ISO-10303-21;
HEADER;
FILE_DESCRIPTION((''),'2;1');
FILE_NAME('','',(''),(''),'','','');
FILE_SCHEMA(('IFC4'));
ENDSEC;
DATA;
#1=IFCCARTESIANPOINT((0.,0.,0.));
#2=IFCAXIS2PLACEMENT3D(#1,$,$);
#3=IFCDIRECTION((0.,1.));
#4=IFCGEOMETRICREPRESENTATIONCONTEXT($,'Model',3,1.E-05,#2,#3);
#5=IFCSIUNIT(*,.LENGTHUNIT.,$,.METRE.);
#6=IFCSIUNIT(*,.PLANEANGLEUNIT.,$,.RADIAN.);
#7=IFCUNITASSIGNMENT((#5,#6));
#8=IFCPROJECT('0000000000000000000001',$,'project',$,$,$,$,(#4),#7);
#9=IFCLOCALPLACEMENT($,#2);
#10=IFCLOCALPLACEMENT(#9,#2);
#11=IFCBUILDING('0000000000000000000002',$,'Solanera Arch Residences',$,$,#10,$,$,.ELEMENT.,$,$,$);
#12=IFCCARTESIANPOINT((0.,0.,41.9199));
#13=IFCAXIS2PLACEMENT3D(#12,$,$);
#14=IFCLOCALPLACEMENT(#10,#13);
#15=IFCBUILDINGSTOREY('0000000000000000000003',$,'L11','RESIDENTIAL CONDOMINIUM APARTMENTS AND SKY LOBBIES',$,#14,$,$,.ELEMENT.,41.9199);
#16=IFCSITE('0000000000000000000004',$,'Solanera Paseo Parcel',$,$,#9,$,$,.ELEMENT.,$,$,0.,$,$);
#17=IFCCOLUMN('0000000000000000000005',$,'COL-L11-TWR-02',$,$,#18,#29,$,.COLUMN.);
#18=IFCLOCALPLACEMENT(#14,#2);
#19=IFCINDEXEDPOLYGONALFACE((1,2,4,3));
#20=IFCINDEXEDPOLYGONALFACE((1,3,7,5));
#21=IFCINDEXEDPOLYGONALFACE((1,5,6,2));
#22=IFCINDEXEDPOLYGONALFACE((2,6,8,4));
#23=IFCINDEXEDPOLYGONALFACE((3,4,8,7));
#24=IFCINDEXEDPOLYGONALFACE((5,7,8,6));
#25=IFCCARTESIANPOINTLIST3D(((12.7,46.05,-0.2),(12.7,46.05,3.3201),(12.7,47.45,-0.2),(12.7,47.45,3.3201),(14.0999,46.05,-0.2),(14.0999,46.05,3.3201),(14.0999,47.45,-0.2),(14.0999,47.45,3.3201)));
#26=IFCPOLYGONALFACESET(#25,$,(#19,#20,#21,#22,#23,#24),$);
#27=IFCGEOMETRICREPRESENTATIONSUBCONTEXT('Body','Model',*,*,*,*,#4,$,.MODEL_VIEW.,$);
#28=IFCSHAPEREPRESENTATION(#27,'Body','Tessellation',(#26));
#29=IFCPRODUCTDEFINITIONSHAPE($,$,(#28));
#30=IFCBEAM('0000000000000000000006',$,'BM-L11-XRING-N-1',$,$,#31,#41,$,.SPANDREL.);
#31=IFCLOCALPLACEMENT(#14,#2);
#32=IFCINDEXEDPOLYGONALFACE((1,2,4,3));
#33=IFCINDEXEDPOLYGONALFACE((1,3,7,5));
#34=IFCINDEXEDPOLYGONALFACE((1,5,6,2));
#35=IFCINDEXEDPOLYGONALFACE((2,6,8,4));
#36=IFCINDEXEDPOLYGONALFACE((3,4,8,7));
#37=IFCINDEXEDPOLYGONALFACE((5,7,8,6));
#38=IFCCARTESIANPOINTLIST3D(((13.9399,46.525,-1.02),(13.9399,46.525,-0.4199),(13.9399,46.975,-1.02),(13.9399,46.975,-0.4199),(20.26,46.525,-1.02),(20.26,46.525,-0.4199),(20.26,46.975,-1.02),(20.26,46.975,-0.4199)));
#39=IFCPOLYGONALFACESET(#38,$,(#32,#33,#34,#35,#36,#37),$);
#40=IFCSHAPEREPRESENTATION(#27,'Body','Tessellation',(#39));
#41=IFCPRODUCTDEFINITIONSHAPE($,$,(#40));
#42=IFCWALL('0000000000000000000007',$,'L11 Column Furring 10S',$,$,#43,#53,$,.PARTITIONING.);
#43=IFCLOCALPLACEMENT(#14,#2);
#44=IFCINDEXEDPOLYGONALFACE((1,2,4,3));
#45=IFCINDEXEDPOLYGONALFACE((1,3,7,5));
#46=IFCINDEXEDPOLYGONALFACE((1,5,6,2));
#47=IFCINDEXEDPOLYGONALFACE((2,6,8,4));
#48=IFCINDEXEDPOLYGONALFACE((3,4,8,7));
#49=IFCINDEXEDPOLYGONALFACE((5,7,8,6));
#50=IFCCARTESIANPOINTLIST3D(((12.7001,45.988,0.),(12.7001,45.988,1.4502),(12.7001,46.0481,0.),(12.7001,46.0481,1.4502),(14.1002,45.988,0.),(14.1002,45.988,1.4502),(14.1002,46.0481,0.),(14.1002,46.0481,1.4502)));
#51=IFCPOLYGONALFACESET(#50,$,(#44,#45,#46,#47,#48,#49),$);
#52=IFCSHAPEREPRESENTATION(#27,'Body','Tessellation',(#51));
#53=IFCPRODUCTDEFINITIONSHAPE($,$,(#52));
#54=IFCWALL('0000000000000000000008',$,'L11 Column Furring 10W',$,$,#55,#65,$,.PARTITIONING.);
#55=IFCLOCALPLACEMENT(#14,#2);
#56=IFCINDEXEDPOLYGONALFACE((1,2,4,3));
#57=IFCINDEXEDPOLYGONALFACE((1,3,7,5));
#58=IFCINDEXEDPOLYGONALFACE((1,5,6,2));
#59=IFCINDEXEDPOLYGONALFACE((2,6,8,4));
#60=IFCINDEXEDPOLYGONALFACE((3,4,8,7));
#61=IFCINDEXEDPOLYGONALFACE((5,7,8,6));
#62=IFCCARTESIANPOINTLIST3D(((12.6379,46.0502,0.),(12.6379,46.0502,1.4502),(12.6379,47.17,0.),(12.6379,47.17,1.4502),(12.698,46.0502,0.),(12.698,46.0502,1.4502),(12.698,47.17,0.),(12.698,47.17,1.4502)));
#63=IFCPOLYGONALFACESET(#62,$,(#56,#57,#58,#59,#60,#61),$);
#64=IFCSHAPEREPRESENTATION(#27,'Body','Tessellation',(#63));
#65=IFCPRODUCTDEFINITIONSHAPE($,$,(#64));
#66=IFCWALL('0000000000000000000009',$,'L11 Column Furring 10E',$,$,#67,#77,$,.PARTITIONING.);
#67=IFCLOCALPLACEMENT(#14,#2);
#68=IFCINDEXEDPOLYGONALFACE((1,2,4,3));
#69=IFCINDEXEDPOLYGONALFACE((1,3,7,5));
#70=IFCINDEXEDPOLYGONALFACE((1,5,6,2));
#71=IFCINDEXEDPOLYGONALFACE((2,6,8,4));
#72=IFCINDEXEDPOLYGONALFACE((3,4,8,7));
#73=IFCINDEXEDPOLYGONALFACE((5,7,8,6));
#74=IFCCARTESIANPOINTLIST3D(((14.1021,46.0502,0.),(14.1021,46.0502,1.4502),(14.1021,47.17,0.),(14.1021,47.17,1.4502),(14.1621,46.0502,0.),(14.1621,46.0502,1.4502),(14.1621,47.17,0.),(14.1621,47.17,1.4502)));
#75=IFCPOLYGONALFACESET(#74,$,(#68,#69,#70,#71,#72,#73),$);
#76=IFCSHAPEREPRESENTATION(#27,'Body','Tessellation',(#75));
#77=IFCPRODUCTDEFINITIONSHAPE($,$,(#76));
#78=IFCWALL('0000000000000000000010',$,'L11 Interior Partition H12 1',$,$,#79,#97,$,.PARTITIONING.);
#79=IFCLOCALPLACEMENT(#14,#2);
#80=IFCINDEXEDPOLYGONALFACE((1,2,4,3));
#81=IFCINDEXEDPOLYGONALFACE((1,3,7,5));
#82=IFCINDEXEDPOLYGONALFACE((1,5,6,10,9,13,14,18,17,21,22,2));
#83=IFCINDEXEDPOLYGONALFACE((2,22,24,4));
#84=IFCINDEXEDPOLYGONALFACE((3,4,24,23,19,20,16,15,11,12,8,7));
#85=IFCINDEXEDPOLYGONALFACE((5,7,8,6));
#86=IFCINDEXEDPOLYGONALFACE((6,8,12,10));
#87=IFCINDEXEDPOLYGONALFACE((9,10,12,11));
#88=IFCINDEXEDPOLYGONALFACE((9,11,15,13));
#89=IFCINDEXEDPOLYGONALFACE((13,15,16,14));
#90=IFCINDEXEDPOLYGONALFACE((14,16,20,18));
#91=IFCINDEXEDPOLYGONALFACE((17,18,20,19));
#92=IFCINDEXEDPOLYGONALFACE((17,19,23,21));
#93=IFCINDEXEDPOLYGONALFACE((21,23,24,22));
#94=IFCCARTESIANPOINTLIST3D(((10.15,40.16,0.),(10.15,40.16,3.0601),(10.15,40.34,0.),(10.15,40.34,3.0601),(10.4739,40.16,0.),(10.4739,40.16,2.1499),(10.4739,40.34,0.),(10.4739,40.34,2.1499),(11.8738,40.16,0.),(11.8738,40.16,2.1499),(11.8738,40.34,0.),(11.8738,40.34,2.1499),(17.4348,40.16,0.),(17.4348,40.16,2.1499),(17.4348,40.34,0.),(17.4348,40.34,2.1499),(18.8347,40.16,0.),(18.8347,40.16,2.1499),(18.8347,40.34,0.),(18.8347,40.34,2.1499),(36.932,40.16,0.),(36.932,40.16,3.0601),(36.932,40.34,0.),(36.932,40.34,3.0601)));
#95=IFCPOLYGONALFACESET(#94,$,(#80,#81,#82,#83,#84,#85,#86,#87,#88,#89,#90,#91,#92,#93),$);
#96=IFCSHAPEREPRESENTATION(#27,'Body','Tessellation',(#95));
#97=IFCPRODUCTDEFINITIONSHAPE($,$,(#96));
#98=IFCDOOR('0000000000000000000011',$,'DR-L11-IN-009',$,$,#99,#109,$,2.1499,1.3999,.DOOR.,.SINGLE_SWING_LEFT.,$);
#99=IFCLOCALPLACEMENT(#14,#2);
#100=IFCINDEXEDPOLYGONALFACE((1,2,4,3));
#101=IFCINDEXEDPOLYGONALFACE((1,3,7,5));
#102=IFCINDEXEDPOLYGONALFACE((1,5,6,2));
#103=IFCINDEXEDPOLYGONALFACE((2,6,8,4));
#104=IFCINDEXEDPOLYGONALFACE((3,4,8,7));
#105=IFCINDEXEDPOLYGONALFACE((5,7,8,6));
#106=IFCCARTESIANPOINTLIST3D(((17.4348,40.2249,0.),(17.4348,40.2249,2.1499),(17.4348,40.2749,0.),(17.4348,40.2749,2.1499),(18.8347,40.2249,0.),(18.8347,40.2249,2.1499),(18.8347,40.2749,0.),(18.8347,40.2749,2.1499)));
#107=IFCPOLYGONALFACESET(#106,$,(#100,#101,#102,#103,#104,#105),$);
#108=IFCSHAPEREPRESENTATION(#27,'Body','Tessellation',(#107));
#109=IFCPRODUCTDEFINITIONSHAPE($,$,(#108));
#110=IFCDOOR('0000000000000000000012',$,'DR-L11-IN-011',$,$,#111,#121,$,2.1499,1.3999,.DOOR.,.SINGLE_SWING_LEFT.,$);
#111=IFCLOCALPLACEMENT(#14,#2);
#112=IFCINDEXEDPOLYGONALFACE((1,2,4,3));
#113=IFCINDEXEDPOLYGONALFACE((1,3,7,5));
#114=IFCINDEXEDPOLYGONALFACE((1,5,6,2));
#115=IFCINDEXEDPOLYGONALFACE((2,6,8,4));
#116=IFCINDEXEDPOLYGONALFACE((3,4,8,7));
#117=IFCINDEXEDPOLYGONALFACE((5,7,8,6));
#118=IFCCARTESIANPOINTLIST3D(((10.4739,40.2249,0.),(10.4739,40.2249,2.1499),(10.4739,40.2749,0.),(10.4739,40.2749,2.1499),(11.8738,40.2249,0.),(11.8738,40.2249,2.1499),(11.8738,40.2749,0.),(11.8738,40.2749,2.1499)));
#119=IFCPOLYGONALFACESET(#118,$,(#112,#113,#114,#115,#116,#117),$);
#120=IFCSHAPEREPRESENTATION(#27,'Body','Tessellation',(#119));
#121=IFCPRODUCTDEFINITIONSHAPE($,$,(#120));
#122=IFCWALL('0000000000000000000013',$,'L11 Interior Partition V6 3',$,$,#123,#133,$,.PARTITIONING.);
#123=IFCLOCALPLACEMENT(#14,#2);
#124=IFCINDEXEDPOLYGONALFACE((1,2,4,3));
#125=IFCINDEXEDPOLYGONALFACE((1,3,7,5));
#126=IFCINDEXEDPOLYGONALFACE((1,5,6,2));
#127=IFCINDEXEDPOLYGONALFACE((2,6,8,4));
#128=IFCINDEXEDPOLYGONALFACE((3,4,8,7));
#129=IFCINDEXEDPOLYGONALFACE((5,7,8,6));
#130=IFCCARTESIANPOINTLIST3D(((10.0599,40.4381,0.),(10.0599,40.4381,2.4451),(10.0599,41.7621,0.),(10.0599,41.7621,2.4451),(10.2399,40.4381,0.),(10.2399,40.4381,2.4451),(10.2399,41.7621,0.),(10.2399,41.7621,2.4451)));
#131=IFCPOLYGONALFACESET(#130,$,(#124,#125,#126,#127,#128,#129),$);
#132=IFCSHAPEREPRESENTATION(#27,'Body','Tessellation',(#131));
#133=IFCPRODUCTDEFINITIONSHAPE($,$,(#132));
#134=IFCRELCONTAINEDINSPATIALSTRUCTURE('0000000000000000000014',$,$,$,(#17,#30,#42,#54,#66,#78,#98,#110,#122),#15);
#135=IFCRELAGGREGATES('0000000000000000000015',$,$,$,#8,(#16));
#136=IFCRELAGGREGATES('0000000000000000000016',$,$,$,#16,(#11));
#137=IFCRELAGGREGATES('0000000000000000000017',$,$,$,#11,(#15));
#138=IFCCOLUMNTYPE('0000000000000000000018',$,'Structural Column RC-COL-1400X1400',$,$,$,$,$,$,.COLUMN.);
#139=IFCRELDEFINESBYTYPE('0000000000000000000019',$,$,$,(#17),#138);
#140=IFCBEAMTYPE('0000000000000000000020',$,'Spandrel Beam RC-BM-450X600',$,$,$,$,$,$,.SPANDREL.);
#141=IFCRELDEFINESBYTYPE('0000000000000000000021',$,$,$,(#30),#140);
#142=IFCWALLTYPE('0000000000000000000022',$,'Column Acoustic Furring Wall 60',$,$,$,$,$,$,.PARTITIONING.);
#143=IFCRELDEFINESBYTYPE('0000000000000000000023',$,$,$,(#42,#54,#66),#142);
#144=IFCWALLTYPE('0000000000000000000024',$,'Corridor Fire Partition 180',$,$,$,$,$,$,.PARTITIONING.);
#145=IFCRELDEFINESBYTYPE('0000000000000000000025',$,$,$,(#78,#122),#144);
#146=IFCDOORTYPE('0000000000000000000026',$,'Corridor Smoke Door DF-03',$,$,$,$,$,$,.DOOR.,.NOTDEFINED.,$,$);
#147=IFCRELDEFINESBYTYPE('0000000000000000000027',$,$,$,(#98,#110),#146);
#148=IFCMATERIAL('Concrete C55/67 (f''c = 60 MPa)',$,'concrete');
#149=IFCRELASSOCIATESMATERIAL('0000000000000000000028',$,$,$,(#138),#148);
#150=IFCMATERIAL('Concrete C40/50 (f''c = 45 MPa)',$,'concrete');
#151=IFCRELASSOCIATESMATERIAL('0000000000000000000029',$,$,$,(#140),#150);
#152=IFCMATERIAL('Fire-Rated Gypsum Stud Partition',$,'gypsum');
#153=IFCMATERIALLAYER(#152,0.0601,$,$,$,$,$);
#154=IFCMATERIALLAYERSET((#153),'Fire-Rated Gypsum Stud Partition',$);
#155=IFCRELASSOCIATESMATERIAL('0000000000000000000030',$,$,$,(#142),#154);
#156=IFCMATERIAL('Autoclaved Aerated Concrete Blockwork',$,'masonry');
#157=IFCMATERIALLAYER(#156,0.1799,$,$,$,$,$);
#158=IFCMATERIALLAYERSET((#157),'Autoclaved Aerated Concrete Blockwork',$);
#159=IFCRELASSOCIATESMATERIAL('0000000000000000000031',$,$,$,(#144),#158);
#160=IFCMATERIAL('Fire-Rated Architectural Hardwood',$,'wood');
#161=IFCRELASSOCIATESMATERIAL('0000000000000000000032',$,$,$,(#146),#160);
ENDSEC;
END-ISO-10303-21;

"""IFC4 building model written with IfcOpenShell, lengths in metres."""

from ifc_helpers import new_model, si_unit, direction, frame, frame_2d, origin, origin_2d, place, context, subcontext, project, spatial, rectangle, extrude, material, layer, layer_set, material_profile, profile_set, type_object, element, fill, save


model = new_model("IFC4")

# Units and contexts
model_context = context("Model", 3, precision=1e-05, world=origin(), true_north=direction((0.0, 1.0)))
body_context = subcontext(model_context, "Body", "Model", "MODEL_VIEW")
ifc_project = project(units=[si_unit("LENGTHUNIT", "METRE"), si_unit("PLANEANGLEUNIT", "RADIAN")], contexts=[model_context])

# Site, building, storey
site_placement = place(None, origin())
site = spatial("IfcSite", under=ifc_project, at=site_placement, Name="Solanera Paseo Parcel", CompositionType="ELEMENT", RefElevation=0.0)
building_placement = place(site_placement, origin())
building = spatial("IfcBuilding", under=site, at=building_placement, Name="Solanera Arch Residences", CompositionType="ELEMENT")
storey_placement = place(building_placement, frame((0.0, 0.0, 41.9199)))
storey = spatial("IfcBuildingStorey", under=building, at=storey_placement, Name="L11", Description="RESIDENTIAL CONDOMINIUM APARTMENTS AND SKY LOBBIES", CompositionType="ELEMENT", Elevation=41.9199)

# Column
ifc_material_1 = material(Name="Concrete C55/67 (f'c = 60 MPa)", Category="concrete")
ifc_material_profile_1 = material_profile(ifc_material_1, rectangle(XDim=1.3999, YDim=1.3999, at=origin_2d()))
ifc_profile_set_1 = profile_set([ifc_material_profile_1], Name="Concrete C55/67 (f'c = 60 MPa)")
column_type = type_object("IfcColumnType", Name="Structural Column RC-COL-1400X1400", PredefinedType="COLUMN", material=ifc_profile_set_1)
column_placement = place(storey_placement, frame((13.3999, 46.75, -0.2), z_axis=(0.0, 0.0, 1.0), x_axis=(1.0, 0.0, 0.0)))
element("IfcColumn", 1, at=column_placement, inside=storey, type_object=column_type, Name="COL-L11-TWR-02", PredefinedType="COLUMN", context=body_context, shape_type="SweptSolid", body=[
    extrude(rectangle(XDim=1.3999, YDim=1.3999, at=origin_2d()), origin(), (0.0, 0.0, 1.0), 3.52),
])

# Beam
ifc_material_2 = material(Name="Concrete C40/50 (f'c = 45 MPa)", Category="concrete")
ifc_material_profile_2 = material_profile(ifc_material_2, rectangle(XDim=0.45, YDim=0.6001, at=origin_2d()))
ifc_profile_set_2 = profile_set([ifc_material_profile_2], Name="Concrete C40/50 (f'c = 45 MPa)")
beam_type = type_object("IfcBeamType", Name="Spandrel Beam RC-BM-450X600", PredefinedType="SPANDREL", material=ifc_profile_set_2)
beam_placement = place(storey_placement, frame((13.9399, 46.75, -0.72), z_axis=(1.0, 0.0, 0.0), x_axis=(0.0, 1.0, 0.0)))
element("IfcBeam", 2, at=beam_placement, inside=storey, type_object=beam_type, Name="BM-L11-XRING-N-1", PredefinedType="SPANDREL", context=body_context, shape_type="SweptSolid", body=[
    extrude(rectangle(XDim=0.45, YDim=0.6001, at=origin_2d()), origin(), (0.0, 0.0, 1.0), 6.3201),
])

# Walls
ifc_material_3 = material(Name="Fire-Rated Gypsum Stud Partition", Category="gypsum")
ifc_layer_1 = layer(ifc_material_3, 0.0601)
ifc_layer_set_1 = layer_set([ifc_layer_1], Name="Fire-Rated Gypsum Stud Partition")
wall_type_1 = type_object("IfcWallType", Name="Column Acoustic Furring Wall 60", PredefinedType="PARTITIONING", material=ifc_layer_set_1)
wall_1_placement = place(storey_placement, frame((12.7, 46.0181, 0.0), z_axis=(0.0, 0.0, 1.0), x_axis=(1.0, 0.0, 0.0)))
element("IfcWall", 3, at=wall_1_placement, inside=storey, type_object=wall_type_1, Name="L11 Column Furring 10S", PredefinedType="PARTITIONING", context=body_context, shape_type="SweptSolid", body=[
    extrude(rectangle(XDim=1.4001, YDim=0.0601, at=frame_2d((0.7002, 0.0))), origin(), (0.0, 0.0, 1.0), 1.4502),
])
for number, where, z_axis, x_axis, name in (
    (4, (12.668, 46.05, 0.0), (0.0, 0.0, 1.0), (0.0, 1.0, 0.0), "L11 Column Furring 10W"),
    (5, (14.1321, 46.05, 0.0), (0.0, 0.0, 1.0), (0.0, 1.0, 0.0), "L11 Column Furring 10E"),
):
    element("IfcWall", number, at=place(storey_placement, frame(where, z_axis=z_axis, x_axis=x_axis)), inside=storey, type_object=wall_type_1, Name=name, PredefinedType="PARTITIONING", context=body_context, shape_type="SweptSolid", body=[
        extrude(rectangle(XDim=1.1199, YDim=0.0601, at=frame_2d((0.5601, 0.0))), origin(), (0.0, 0.0, 1.0), 1.4502),
    ])

# Wall, openings, doors
ifc_material_4 = material(Name="Autoclaved Aerated Concrete Blockwork", Category="masonry")
ifc_layer_2 = layer(ifc_material_4, 0.1799)
ifc_layer_set_2 = layer_set([ifc_layer_2], Name="Autoclaved Aerated Concrete Blockwork")
wall_type_2 = type_object("IfcWallType", Name="Corridor Fire Partition 180", PredefinedType="PARTITIONING", material=ifc_layer_set_2)
wall_2_placement = place(storey_placement, frame((10.1499, 40.25, 0.0), z_axis=(0.0, 0.0, 1.0), x_axis=(1.0, 0.0, 0.0)))
wall_2 = element("IfcWall", 6, at=wall_2_placement, inside=storey, type_object=wall_type_2, Name="L11 Interior Partition H12 1", PredefinedType="PARTITIONING", context=body_context, shape_type="SweptSolid", body=[
    extrude(rectangle(XDim=26.782, YDim=0.1799, at=frame_2d((13.3911, 0.0))), origin(), (0.0, 0.0, 1.0), 3.0601),
])
opening_1_placement = place(wall_2_placement, frame((7.2849, 0.0, 0.0)))
opening_1 = element("IfcOpeningElement", 7, at=opening_1_placement, cuts=wall_2, PredefinedType="OPENING", context=body_context, shape_type="SweptSolid", body=[
    extrude(rectangle(XDim=1.3999, YDim=2.1499, at=frame_2d((0.7, 1.075))), frame((0.0, 0.1001, 0.0), z_axis=(0.0, -1.0, 0.0), x_axis=(1.0, 0.0, 0.0)), (0.0, 0.0, 1.0), 0.1999),
])
opening_2_placement = place(wall_2_placement, frame((0.324, 0.0, 0.0)))
opening_2 = element("IfcOpeningElement", 8, at=opening_2_placement, cuts=wall_2, PredefinedType="OPENING", context=body_context, shape_type="SweptSolid", body=[
    extrude(rectangle(XDim=1.3999, YDim=2.1499, at=frame_2d((0.7, 1.075))), frame((0.0, 0.1001, 0.0), z_axis=(0.0, -1.0, 0.0), x_axis=(1.0, 0.0, 0.0)), (0.0, 0.0, 1.0), 0.1999),
])
ifc_material_5 = material(Name="Fire-Rated Architectural Hardwood", Category="wood")
door_type_1 = type_object("IfcDoorType", Name="Corridor Smoke Door DF-03", OperationType="NOTDEFINED", PredefinedType="DOOR", material=ifc_material_5)
door_1_placement = place(opening_1_placement, origin())
door_1 = element("IfcDoor", 9, at=door_1_placement, inside=storey, type_object=door_type_1, Name="DR-L11-IN-009", OperationType="SINGLE_SWING_LEFT", OverallHeight=2.1499, OverallWidth=1.3999, PredefinedType="DOOR", context=body_context, shape_type="SweptSolid", body=[
    extrude(rectangle(XDim=1.3999, YDim=2.1499, at=frame_2d((0.7, 1.075))), frame((0.0, 0.0249, 0.0), z_axis=(0.0, -1.0, 0.0), x_axis=(1.0, 0.0, 0.0)), (0.0, 0.0, 1.0), 0.05),
])
fill(opening_1, door_1)
door_2_placement = place(opening_2_placement, origin())
door_2 = element("IfcDoor", 10, at=door_2_placement, inside=storey, type_object=door_type_1, Name="DR-L11-IN-011", OperationType="SINGLE_SWING_LEFT", OverallHeight=2.1499, OverallWidth=1.3999, PredefinedType="DOOR", context=body_context, shape_type="SweptSolid", body=[
    extrude(rectangle(XDim=1.3999, YDim=2.1499, at=frame_2d((0.7, 1.075))), frame((0.0, 0.0249, 0.0), z_axis=(0.0, -1.0, 0.0), x_axis=(1.0, 0.0, 0.0)), (0.0, 0.0, 1.0), 0.05),
])
fill(opening_2, door_2)

# Wall
wall_3_placement = place(storey_placement, frame((10.1499, 40.438, 0.0), z_axis=(0.0, 0.0, 1.0), x_axis=(0.0, 1.0, 0.0)))
element("IfcWall", 11, at=wall_3_placement, inside=storey, type_object=wall_type_2, Name="L11 Interior Partition V6 3", PredefinedType="PARTITIONING", context=body_context, shape_type="SweptSolid", body=[
    extrude(rectangle(XDim=1.324, YDim=0.1799, at=frame_2d((0.6621, 0.0))), origin(), (0.0, 0.0, 1.0), 2.4451),
])

save(model, "model.ifc")
